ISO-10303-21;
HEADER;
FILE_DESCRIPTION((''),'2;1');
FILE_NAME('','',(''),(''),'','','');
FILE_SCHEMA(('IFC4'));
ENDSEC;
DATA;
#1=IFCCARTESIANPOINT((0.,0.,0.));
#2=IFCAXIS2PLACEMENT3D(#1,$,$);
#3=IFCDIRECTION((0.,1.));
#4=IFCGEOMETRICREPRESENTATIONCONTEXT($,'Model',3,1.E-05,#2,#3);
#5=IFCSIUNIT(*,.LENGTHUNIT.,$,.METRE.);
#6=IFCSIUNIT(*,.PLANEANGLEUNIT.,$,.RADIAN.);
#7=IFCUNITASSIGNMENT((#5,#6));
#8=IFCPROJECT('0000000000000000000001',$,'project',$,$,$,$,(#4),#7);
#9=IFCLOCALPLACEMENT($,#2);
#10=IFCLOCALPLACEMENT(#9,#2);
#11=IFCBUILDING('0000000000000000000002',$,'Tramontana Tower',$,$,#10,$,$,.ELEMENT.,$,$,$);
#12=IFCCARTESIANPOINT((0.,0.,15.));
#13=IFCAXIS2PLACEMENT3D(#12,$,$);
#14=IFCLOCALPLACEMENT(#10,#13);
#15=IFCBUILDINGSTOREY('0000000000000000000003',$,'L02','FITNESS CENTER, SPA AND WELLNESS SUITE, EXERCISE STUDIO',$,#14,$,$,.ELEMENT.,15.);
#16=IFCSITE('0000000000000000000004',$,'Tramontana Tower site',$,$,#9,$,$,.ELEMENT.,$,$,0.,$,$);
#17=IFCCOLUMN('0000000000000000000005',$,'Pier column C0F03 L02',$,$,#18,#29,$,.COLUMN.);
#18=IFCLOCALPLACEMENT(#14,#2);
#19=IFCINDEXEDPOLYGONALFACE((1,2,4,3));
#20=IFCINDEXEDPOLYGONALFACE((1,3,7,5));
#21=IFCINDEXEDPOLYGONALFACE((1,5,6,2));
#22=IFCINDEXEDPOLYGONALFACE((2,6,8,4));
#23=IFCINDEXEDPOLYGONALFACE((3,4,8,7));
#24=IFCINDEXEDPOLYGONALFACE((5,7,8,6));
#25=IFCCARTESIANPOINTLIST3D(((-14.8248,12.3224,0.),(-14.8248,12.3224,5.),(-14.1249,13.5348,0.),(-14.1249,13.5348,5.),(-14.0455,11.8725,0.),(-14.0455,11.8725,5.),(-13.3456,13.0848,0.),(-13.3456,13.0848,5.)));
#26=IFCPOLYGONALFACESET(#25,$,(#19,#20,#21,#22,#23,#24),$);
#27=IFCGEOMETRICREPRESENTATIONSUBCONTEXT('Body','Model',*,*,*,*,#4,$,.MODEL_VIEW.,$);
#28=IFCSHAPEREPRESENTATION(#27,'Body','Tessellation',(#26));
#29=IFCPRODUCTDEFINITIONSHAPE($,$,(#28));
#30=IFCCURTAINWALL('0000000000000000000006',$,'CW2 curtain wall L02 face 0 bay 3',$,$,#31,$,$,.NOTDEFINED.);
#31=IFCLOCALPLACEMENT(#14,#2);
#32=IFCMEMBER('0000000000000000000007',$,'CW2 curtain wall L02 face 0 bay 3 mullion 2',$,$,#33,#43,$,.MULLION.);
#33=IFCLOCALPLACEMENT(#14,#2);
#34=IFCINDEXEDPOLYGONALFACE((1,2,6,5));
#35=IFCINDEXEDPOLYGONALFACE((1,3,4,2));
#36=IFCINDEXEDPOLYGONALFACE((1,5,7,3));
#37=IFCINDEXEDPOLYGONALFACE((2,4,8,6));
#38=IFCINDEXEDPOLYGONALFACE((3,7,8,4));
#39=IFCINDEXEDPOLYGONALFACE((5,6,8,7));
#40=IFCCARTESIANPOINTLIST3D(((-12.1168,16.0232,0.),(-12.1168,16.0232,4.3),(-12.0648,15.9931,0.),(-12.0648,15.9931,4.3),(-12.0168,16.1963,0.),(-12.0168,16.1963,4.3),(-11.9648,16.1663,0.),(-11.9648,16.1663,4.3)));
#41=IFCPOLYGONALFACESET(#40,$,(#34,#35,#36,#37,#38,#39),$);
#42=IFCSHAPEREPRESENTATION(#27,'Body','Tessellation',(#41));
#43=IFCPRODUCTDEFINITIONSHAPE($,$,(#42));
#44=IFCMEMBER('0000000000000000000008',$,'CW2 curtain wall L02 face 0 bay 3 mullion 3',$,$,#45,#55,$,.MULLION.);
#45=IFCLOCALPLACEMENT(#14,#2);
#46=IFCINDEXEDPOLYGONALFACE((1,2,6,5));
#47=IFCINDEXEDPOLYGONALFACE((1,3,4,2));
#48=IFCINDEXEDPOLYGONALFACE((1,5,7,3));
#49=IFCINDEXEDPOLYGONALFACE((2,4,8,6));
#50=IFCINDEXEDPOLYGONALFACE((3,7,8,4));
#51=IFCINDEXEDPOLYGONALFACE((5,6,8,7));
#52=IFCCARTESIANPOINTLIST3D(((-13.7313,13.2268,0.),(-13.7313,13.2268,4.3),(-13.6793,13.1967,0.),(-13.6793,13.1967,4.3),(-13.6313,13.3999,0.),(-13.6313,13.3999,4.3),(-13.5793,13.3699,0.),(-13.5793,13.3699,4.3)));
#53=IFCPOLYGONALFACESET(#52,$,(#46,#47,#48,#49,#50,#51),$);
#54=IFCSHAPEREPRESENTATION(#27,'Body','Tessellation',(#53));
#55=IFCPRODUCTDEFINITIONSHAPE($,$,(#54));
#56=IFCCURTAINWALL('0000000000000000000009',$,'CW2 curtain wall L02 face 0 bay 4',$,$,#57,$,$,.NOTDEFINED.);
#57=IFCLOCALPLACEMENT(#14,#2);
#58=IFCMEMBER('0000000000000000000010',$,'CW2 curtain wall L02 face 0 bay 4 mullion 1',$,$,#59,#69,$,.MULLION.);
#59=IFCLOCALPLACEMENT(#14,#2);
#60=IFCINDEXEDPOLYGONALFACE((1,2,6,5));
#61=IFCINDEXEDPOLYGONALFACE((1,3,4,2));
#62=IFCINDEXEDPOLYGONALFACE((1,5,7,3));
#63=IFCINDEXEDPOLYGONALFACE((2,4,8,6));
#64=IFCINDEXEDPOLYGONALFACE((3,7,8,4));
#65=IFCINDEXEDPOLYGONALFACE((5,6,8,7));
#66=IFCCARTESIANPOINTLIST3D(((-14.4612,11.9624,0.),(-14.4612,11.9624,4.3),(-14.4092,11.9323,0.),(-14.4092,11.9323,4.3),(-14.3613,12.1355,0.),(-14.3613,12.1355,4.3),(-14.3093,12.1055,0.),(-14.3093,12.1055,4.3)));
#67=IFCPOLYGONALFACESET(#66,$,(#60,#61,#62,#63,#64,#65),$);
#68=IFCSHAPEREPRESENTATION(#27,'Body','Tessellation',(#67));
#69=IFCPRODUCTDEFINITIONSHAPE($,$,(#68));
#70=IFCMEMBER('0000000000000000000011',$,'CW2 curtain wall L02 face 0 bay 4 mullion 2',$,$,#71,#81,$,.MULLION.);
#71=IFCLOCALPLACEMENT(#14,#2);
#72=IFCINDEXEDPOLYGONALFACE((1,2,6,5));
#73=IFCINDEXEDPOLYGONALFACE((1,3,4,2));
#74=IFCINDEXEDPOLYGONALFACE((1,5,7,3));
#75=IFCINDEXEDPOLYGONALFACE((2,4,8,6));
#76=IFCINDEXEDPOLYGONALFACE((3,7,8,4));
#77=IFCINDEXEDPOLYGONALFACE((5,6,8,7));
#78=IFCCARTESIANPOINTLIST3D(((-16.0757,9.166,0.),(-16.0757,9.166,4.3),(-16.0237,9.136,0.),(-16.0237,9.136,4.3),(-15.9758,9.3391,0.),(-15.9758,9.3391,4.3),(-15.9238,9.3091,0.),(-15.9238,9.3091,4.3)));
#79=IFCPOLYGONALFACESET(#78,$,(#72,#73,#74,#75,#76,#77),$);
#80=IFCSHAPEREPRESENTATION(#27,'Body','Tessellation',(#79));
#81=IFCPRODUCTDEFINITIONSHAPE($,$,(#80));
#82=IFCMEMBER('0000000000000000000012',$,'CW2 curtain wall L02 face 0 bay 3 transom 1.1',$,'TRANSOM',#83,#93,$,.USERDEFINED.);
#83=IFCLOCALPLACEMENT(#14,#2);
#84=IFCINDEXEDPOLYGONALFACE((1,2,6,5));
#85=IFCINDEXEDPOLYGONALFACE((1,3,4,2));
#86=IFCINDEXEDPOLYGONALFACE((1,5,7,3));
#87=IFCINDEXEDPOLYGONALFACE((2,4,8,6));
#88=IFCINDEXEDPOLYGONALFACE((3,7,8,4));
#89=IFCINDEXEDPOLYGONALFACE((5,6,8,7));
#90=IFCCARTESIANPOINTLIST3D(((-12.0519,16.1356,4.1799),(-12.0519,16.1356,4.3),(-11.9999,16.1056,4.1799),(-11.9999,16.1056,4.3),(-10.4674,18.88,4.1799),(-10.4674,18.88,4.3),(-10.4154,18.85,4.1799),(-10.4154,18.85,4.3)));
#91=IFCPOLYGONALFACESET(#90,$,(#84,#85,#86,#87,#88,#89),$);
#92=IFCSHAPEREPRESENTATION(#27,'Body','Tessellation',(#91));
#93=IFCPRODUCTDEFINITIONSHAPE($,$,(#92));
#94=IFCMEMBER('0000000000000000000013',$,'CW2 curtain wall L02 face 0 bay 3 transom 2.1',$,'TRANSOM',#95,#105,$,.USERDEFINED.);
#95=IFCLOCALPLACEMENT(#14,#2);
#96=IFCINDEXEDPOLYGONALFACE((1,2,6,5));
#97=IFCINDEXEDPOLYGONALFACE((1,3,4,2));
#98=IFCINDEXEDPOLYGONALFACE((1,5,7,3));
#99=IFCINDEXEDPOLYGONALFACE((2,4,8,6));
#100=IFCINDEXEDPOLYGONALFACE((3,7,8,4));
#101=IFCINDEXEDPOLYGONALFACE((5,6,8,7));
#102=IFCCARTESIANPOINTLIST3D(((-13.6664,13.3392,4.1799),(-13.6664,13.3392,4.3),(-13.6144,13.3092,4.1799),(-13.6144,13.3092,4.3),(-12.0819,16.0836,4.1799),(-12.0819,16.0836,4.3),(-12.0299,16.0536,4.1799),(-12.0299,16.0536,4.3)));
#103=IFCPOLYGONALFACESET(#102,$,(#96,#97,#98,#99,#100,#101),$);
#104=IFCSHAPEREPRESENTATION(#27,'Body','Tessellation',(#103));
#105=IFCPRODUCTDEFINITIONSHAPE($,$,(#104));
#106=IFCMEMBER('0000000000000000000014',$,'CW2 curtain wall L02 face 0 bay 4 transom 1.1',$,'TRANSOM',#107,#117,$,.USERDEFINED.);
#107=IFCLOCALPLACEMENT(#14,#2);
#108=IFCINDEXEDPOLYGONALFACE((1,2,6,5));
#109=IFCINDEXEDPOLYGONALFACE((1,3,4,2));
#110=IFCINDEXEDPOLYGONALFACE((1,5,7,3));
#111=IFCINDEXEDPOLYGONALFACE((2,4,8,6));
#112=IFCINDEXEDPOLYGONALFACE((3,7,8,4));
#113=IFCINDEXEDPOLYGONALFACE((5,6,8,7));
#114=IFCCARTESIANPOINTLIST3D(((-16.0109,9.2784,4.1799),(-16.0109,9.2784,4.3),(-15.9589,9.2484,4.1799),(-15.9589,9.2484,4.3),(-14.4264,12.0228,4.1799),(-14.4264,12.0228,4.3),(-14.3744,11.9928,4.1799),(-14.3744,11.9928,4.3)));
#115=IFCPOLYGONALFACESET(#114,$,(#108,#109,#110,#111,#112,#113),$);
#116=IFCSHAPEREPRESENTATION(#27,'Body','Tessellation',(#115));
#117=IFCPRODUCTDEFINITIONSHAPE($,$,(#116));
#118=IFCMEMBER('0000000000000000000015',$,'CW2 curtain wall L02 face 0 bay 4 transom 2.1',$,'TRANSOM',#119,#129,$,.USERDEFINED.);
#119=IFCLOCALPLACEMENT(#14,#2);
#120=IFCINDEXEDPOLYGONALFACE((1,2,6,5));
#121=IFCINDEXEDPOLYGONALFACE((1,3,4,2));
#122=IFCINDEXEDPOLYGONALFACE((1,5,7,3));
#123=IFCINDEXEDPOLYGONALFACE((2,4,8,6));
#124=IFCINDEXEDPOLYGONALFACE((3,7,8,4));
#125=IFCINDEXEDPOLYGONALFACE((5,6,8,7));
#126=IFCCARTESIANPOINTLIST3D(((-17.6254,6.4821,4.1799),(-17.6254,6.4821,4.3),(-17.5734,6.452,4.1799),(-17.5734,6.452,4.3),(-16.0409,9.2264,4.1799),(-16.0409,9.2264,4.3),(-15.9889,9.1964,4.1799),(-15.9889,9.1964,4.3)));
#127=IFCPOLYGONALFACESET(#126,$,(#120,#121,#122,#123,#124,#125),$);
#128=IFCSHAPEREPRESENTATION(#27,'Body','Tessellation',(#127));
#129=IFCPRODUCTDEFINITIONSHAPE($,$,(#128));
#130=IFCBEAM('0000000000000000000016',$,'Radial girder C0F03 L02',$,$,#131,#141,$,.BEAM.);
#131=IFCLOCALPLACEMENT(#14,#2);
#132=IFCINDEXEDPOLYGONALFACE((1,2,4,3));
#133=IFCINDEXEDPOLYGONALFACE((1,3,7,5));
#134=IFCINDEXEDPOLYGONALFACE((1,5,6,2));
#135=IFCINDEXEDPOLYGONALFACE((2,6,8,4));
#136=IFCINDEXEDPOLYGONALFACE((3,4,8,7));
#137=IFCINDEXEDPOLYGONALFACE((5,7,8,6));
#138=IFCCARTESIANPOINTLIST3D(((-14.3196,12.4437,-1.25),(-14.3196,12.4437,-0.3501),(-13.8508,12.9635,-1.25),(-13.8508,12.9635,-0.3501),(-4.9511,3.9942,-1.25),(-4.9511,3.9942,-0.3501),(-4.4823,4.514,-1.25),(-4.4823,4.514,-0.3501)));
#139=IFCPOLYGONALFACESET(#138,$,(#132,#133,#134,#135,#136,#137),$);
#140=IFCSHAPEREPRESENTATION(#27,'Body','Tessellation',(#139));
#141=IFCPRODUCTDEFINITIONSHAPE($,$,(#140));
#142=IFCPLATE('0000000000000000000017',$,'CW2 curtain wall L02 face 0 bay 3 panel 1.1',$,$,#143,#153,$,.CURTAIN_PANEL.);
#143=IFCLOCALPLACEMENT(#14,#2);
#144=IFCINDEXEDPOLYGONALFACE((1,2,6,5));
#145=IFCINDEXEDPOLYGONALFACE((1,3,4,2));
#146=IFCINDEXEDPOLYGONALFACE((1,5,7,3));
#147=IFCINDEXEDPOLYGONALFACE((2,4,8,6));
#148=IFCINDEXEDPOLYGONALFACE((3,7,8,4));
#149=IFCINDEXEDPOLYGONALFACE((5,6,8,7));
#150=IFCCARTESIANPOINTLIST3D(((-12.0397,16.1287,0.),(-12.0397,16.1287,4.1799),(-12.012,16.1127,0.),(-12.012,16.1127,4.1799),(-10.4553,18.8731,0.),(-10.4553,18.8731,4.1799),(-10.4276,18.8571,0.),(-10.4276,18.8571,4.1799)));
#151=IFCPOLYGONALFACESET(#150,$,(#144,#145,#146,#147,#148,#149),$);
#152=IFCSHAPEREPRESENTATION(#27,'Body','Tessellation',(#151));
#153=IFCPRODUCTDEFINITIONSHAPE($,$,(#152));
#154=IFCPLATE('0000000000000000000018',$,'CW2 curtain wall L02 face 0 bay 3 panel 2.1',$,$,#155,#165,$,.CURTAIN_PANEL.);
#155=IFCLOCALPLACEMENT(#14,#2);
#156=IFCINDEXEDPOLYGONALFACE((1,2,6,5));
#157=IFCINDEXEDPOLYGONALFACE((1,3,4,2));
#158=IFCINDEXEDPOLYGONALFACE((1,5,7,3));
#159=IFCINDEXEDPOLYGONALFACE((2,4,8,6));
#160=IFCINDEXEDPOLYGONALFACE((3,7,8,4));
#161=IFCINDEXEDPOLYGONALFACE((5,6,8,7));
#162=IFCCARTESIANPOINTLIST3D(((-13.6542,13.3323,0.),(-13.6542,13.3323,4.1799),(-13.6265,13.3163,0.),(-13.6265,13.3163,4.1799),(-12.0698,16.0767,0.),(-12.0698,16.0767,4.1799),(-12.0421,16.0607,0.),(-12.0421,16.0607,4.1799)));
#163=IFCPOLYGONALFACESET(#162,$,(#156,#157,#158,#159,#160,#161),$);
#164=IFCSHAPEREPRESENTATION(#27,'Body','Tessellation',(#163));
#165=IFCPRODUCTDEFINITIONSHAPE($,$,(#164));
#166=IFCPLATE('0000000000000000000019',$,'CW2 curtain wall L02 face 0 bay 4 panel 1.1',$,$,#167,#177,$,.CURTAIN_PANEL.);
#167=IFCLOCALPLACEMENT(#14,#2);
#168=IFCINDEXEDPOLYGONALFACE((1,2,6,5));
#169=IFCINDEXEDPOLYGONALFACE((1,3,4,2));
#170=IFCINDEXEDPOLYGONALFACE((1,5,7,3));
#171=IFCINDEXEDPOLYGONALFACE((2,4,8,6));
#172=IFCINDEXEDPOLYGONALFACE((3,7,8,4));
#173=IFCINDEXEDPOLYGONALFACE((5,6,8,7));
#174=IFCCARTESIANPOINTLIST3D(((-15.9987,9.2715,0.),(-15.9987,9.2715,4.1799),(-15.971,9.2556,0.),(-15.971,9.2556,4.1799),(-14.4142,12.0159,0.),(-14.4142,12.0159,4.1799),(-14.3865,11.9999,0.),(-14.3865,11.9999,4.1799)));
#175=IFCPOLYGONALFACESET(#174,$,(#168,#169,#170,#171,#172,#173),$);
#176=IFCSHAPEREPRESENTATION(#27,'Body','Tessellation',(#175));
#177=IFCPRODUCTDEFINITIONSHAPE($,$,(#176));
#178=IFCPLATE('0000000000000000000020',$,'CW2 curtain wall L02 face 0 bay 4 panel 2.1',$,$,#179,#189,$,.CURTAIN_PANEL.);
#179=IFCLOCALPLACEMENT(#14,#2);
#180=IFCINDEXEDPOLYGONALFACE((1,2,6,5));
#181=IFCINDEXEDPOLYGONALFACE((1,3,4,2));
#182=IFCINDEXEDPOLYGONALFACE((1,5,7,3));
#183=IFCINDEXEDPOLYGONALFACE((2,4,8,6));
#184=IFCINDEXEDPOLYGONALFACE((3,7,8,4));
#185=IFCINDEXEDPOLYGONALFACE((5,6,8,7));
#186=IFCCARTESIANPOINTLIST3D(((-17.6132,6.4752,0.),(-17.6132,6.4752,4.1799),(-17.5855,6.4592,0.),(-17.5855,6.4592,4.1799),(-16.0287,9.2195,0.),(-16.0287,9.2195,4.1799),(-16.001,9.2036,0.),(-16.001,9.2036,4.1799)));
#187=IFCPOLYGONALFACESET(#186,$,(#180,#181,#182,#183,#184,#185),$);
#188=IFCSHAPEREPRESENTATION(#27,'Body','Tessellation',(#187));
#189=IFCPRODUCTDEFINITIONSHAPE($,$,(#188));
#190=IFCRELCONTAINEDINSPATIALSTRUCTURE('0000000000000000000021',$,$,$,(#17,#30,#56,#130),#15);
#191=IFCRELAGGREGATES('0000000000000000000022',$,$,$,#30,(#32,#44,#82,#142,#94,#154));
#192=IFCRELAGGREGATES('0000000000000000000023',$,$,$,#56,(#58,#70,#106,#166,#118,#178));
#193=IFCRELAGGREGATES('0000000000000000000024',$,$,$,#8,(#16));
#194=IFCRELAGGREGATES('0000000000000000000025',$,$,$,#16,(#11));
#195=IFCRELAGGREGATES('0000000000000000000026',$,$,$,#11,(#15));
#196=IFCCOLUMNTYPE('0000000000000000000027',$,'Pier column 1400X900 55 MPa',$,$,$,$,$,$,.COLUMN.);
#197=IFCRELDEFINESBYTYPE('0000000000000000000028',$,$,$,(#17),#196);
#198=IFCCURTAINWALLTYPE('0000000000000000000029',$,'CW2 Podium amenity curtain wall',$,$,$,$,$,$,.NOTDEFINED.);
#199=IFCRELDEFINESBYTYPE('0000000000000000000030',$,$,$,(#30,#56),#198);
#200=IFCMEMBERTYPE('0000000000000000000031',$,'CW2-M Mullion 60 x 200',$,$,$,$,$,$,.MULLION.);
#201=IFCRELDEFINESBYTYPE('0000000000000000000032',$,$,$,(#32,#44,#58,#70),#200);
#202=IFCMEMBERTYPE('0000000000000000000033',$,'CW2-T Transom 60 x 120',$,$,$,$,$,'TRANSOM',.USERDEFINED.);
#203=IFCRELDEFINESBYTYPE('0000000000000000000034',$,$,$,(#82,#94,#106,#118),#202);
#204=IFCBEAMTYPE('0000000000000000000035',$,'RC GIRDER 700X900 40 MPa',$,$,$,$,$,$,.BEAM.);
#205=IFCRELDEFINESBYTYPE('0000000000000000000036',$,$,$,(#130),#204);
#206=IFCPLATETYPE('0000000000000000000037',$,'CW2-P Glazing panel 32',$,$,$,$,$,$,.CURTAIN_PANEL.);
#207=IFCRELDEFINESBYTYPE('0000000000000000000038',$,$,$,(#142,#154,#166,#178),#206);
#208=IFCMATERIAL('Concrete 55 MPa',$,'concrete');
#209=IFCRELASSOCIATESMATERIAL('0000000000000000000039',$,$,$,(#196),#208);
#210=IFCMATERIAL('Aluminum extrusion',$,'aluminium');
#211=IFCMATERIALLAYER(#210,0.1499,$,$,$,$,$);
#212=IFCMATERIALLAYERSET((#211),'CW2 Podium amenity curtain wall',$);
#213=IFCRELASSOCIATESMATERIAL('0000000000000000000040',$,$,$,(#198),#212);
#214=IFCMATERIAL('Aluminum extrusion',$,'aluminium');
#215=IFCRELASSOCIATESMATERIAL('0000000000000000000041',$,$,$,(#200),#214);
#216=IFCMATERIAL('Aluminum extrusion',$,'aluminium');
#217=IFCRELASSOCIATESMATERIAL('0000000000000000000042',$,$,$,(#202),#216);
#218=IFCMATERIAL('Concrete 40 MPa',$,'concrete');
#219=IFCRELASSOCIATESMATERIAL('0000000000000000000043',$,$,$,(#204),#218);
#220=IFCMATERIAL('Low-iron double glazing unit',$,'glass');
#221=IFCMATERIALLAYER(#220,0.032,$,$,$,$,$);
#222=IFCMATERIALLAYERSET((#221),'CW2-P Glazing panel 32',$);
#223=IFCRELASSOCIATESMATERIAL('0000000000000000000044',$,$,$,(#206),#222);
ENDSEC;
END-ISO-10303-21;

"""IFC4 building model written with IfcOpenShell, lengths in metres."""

from ifc_helpers import new_model, si_unit, direction, frame, origin, origin_2d, place, context, subcontext, project, spatial, rectangle, extrude, material, layer, layer_set, material_profile, profile_set, type_object, element, aggregate, save


model = new_model("IFC4")

# Units and contexts
model_context = context("Model", 3, precision=1e-05, world=origin(), true_north=direction((0.0, 1.0)))
body_context = subcontext(model_context, "Body", "Model", "MODEL_VIEW")
ifc_project = project(units=[si_unit("LENGTHUNIT", "METRE"), si_unit("PLANEANGLEUNIT", "RADIAN")], contexts=[model_context])

# Site, building, storey
site_placement = place(None, origin())
site = spatial("IfcSite", under=ifc_project, at=site_placement, Name="Tramontana Tower site", CompositionType="ELEMENT", RefElevation=0.0)
building_placement = place(site_placement, origin())
building = spatial("IfcBuilding", under=site, at=building_placement, Name="Tramontana Tower", CompositionType="ELEMENT")
storey_placement = place(building_placement, frame((0.0, 0.0, 15.0)))
storey = spatial("IfcBuildingStorey", under=building, at=storey_placement, Name="L02", Description="FITNESS CENTER, SPA AND WELLNESS SUITE, EXERCISE STUDIO", CompositionType="ELEMENT", Elevation=15.0)

# Column
ifc_material_1 = material(Name="Concrete 55 MPa", Category="concrete")
ifc_material_profile_1 = material_profile(ifc_material_1, rectangle(XDim=1.3999, YDim=0.8999, at=origin_2d()), Name="Pier column 1400X900 55 MPa")
ifc_profile_set_1 = profile_set([ifc_material_profile_1], Name="Concrete 55 MPa")
column_type = type_object("IfcColumnType", Name="Pier column 1400X900 55 MPa", PredefinedType="COLUMN", material=ifc_profile_set_1)
column_placement = place(storey_placement, frame((-14.0852, 12.7036, 0.0), z_axis=(0.0, 0.0, 1.0), x_axis=(-0.5, -0.866025, 0.0)))
element("IfcColumn", 1, at=column_placement, inside=storey, type_object=column_type, Name="Pier column C0F03 L02", PredefinedType="COLUMN", context=body_context, shape_type="SweptSolid", body=[
    extrude(rectangle(XDim=1.3999, YDim=0.8999, at=origin_2d()), origin(), (0.0, 0.0, 1.0), 5.0),
])

# Curtain walls, members
ifc_material_2 = material(Name="Aluminum extrusion", Category="aluminium")
ifc_layer_1 = layer(ifc_material_2, 0.1499)
ifc_layer_set_1 = layer_set([ifc_layer_1], Name="CW2 Podium amenity curtain wall")
curtain_wall_type = type_object("IfcCurtainWallType", Name="CW2 Podium amenity curtain wall", PredefinedType="NOTDEFINED", material=ifc_layer_set_1)
curtain_wall_1_placement = place(storey_placement, origin())
curtain_wall_1 = element("IfcCurtainWall", 2, at=curtain_wall_1_placement, inside=storey, type_object=curtain_wall_type, Name="CW2 curtain wall L02 face 0 bay 3", PredefinedType="NOTDEFINED")
ifc_material_3 = material(Name="Aluminum extrusion", Category="aluminium")
ifc_material_profile_2 = material_profile(ifc_material_3, rectangle(XDim=0.0601, YDim=0.2, at=origin_2d()), Name="CW2-M Mullion 60 x 200")
ifc_profile_set_2 = profile_set([ifc_material_profile_2], Name="Aluminum extrusion")
member_type_1 = type_object("IfcMemberType", Name="CW2-M Mullion 60 x 200", PredefinedType="MULLION", material=ifc_profile_set_2)
member_1_placement = place(storey_placement, frame((-12.0408, 16.0947, 0.0), z_axis=(0.0, 0.0, 1.0), x_axis=(0.866025, -0.5, 0.0)))
member_1 = element("IfcMember", 3, at=member_1_placement, type_object=member_type_1, Name="CW2 curtain wall L02 face 0 bay 3 mullion 2", PredefinedType="MULLION", context=body_context, shape_type="SweptSolid", body=[
    extrude(rectangle(XDim=0.0601, YDim=0.2, at=origin_2d()), origin(), (0.0, 0.0, 1.0), 4.3),
])
member_2_placement = place(storey_placement, frame((-13.6553, 13.2983, 0.0), z_axis=(0.0, 0.0, 1.0), x_axis=(0.866025, -0.5, 0.0)))
member_2 = element("IfcMember", 4, at=member_2_placement, type_object=member_type_1, Name="CW2 curtain wall L02 face 0 bay 3 mullion 3", PredefinedType="MULLION", context=body_context, shape_type="SweptSolid", body=[
    extrude(rectangle(XDim=0.0601, YDim=0.2, at=origin_2d()), origin(), (0.0, 0.0, 1.0), 4.3),
])
curtain_wall_2_placement = place(storey_placement, origin())
curtain_wall_2 = element("IfcCurtainWall", 5, at=curtain_wall_2_placement, inside=storey, type_object=curtain_wall_type, Name="CW2 curtain wall L02 face 0 bay 4", PredefinedType="NOTDEFINED")
member_3_placement = place(storey_placement, frame((-14.3853, 12.0339, 0.0), z_axis=(0.0, 0.0, 1.0), x_axis=(0.866025, -0.5, 0.0)))
member_3 = element("IfcMember", 6, at=member_3_placement, type_object=member_type_1, Name="CW2 curtain wall L02 face 0 bay 4 mullion 1", PredefinedType="MULLION", context=body_context, shape_type="SweptSolid", body=[
    extrude(rectangle(XDim=0.0601, YDim=0.2, at=origin_2d()), origin(), (0.0, 0.0, 1.0), 4.3),
])
member_4_placement = place(storey_placement, frame((-15.9998, 9.2375, 0.0), z_axis=(0.0, 0.0, 1.0), x_axis=(0.866025, -0.5, 0.0)))
member_4 = element("IfcMember", 7, at=member_4_placement, type_object=member_type_1, Name="CW2 curtain wall L02 face 0 bay 4 mullion 2", PredefinedType="MULLION", context=body_context, shape_type="SweptSolid", body=[
    extrude(rectangle(XDim=0.0601, YDim=0.2, at=origin_2d()), origin(), (0.0, 0.0, 1.0), 4.3),
])

# Members
ifc_material_4 = material(Name="Aluminum extrusion", Category="aluminium")
ifc_material_profile_3 = material_profile(ifc_material_4, rectangle(XDim=0.0601, YDim=0.1201, at=origin_2d()), Name="CW2-T Transom 60 x 120")
ifc_profile_set_3 = profile_set([ifc_material_profile_3], Name="Aluminum extrusion")
member_type_2 = type_object("IfcMemberType", Name="CW2-T Transom 60 x 120", ElementType="TRANSOM", PredefinedType="USERDEFINED", material=ifc_profile_set_3)
member_5_placement = place(storey_placement, frame((-10.4414, 18.865, 4.24), z_axis=(-0.5, -0.866025, 0.0), x_axis=(0.866025, -0.5, 0.0)))
member_5 = element("IfcMember", 8, at=member_5_placement, type_object=member_type_2, Name="CW2 curtain wall L02 face 0 bay 3 transom 1.1", ObjectType="TRANSOM", PredefinedType="USERDEFINED", context=body_context, shape_type="SweptSolid", body=[
    extrude(rectangle(XDim=0.0601, YDim=0.1201, at=origin_2d()), origin(), (0.0, 0.0, 1.0), 3.1689),
])
member_6_placement = place(storey_placement, frame((-12.0559, 16.0686, 4.24), z_axis=(-0.5, -0.866025, 0.0), x_axis=(0.866025, -0.5, 0.0)))
member_6 = element("IfcMember", 9, at=member_6_placement, type_object=member_type_2, Name="CW2 curtain wall L02 face 0 bay 3 transom 2.1", ObjectType="TRANSOM", PredefinedType="USERDEFINED", context=body_context, shape_type="SweptSolid", body=[
    extrude(rectangle(XDim=0.0601, YDim=0.1201, at=origin_2d()), origin(), (0.0, 0.0, 1.0), 3.1689),
])
member_7_placement = place(storey_placement, frame((-14.4004, 12.0078, 4.24), z_axis=(-0.5, -0.866025, 0.0), x_axis=(0.866025, -0.5, 0.0)))
member_7 = element("IfcMember", 10, at=member_7_placement, type_object=member_type_2, Name="CW2 curtain wall L02 face 0 bay 4 transom 1.1", ObjectType="TRANSOM", PredefinedType="USERDEFINED", context=body_context, shape_type="SweptSolid", body=[
    extrude(rectangle(XDim=0.0601, YDim=0.1201, at=origin_2d()), origin(), (0.0, 0.0, 1.0), 3.1689),
])
member_8_placement = place(storey_placement, frame((-16.0149, 9.2114, 4.24), z_axis=(-0.5, -0.866025, 0.0), x_axis=(0.866025, -0.5, 0.0)))
member_8 = element("IfcMember", 11, at=member_8_placement, type_object=member_type_2, Name="CW2 curtain wall L02 face 0 bay 4 transom 2.1", ObjectType="TRANSOM", PredefinedType="USERDEFINED", context=body_context, shape_type="SweptSolid", body=[
    extrude(rectangle(XDim=0.0601, YDim=0.1201, at=origin_2d()), origin(), (0.0, 0.0, 1.0), 3.1689),
])

# Beam
ifc_material_5 = material(Name="Concrete 40 MPa", Category="concrete")
ifc_material_profile_4 = material_profile(ifc_material_5, rectangle(XDim=0.7, YDim=0.8999, at=origin_2d()), Name="RC GIRDER 700X900 40 MPa")
ifc_profile_set_4 = profile_set([ifc_material_profile_4], Name="Concrete 40 MPa")
beam_type = type_object("IfcBeamType", Name="RC GIRDER 700X900 40 MPa", PredefinedType="BEAM", material=ifc_profile_set_4)
beam_placement = place(storey_placement, frame((-14.0852, 12.7036, -0.8), z_axis=(0.742588, -0.669748, 0.0), x_axis=(0.669748, 0.742588, 0.0)))
element("IfcBeam", 12, at=beam_placement, inside=storey, type_object=beam_type, Name="Radial girder C0F03 L02", PredefinedType="BEAM", context=body_context, shape_type="SweptSolid", body=[
    extrude(rectangle(XDim=0.7, YDim=0.8999, at=origin_2d()), origin(), (0.0, 0.0, 1.0), 12.616),
])

# Plates
ifc_material_6 = material(Name="Low-iron double glazing unit", Category="glass")
ifc_layer_2 = layer(ifc_material_6, 0.032)
ifc_layer_set_2 = layer_set([ifc_layer_2], Name="CW2-P Glazing panel 32")
plate_type = type_object("IfcPlateType", Name="CW2-P Glazing panel 32", PredefinedType="CURTAIN_PANEL", material=ifc_layer_set_2)
plate_1_placement = place(storey_placement, frame((-11.2336, 17.4929, 0.0), z_axis=(0.0, 0.0, 1.0), x_axis=(-0.5, -0.866025, 0.0)))
plate_1 = element("IfcPlate", 13, at=plate_1_placement, type_object=plate_type, Name="CW2 curtain wall L02 face 0 bay 3 panel 1.1", PredefinedType="CURTAIN_PANEL", context=body_context, shape_type="SweptSolid", body=[
    extrude(rectangle(XDim=3.1689, YDim=0.032, at=origin_2d()), origin(), (0.0, 0.0, 1.0), 4.1799),
])
plate_2_placement = place(storey_placement, frame((-12.8481, 14.6965, 0.0), z_axis=(0.0, 0.0, 1.0), x_axis=(-0.5, -0.866025, 0.0)))
plate_2 = element("IfcPlate", 14, at=plate_2_placement, type_object=plate_type, Name="CW2 curtain wall L02 face 0 bay 3 panel 2.1", PredefinedType="CURTAIN_PANEL", context=body_context, shape_type="SweptSolid", body=[
    extrude(rectangle(XDim=3.1689, YDim=0.032, at=origin_2d()), origin(), (0.0, 0.0, 1.0), 4.1799),
])
aggregate(curtain_wall_1, [member_1, member_2, member_5, plate_1, member_6, plate_2])
plate_3_placement = place(storey_placement, frame((-15.1926, 10.6357, 0.0), z_axis=(0.0, 0.0, 1.0), x_axis=(-0.5, -0.866025, 0.0)))
plate_3 = element("IfcPlate", 15, at=plate_3_placement, type_object=plate_type, Name="CW2 curtain wall L02 face 0 bay 4 panel 1.1", PredefinedType="CURTAIN_PANEL", context=body_context, shape_type="SweptSolid", body=[
    extrude(rectangle(XDim=3.1689, YDim=0.032, at=origin_2d()), origin(), (0.0, 0.0, 1.0), 4.1799),
])
plate_4_placement = place(storey_placement, frame((-16.8071, 7.8394, 0.0), z_axis=(0.0, 0.0, 1.0), x_axis=(-0.5, -0.866025, 0.0)))
plate_4 = element("IfcPlate", 16, at=plate_4_placement, type_object=plate_type, Name="CW2 curtain wall L02 face 0 bay 4 panel 2.1", PredefinedType="CURTAIN_PANEL", context=body_context, shape_type="SweptSolid", body=[
    extrude(rectangle(XDim=3.1689, YDim=0.032, at=origin_2d()), origin(), (0.0, 0.0, 1.0), 4.1799),
])
aggregate(curtain_wall_2, [member_3, member_4, member_7, plate_3, member_8, plate_4])

save(model, "model.ifc")
